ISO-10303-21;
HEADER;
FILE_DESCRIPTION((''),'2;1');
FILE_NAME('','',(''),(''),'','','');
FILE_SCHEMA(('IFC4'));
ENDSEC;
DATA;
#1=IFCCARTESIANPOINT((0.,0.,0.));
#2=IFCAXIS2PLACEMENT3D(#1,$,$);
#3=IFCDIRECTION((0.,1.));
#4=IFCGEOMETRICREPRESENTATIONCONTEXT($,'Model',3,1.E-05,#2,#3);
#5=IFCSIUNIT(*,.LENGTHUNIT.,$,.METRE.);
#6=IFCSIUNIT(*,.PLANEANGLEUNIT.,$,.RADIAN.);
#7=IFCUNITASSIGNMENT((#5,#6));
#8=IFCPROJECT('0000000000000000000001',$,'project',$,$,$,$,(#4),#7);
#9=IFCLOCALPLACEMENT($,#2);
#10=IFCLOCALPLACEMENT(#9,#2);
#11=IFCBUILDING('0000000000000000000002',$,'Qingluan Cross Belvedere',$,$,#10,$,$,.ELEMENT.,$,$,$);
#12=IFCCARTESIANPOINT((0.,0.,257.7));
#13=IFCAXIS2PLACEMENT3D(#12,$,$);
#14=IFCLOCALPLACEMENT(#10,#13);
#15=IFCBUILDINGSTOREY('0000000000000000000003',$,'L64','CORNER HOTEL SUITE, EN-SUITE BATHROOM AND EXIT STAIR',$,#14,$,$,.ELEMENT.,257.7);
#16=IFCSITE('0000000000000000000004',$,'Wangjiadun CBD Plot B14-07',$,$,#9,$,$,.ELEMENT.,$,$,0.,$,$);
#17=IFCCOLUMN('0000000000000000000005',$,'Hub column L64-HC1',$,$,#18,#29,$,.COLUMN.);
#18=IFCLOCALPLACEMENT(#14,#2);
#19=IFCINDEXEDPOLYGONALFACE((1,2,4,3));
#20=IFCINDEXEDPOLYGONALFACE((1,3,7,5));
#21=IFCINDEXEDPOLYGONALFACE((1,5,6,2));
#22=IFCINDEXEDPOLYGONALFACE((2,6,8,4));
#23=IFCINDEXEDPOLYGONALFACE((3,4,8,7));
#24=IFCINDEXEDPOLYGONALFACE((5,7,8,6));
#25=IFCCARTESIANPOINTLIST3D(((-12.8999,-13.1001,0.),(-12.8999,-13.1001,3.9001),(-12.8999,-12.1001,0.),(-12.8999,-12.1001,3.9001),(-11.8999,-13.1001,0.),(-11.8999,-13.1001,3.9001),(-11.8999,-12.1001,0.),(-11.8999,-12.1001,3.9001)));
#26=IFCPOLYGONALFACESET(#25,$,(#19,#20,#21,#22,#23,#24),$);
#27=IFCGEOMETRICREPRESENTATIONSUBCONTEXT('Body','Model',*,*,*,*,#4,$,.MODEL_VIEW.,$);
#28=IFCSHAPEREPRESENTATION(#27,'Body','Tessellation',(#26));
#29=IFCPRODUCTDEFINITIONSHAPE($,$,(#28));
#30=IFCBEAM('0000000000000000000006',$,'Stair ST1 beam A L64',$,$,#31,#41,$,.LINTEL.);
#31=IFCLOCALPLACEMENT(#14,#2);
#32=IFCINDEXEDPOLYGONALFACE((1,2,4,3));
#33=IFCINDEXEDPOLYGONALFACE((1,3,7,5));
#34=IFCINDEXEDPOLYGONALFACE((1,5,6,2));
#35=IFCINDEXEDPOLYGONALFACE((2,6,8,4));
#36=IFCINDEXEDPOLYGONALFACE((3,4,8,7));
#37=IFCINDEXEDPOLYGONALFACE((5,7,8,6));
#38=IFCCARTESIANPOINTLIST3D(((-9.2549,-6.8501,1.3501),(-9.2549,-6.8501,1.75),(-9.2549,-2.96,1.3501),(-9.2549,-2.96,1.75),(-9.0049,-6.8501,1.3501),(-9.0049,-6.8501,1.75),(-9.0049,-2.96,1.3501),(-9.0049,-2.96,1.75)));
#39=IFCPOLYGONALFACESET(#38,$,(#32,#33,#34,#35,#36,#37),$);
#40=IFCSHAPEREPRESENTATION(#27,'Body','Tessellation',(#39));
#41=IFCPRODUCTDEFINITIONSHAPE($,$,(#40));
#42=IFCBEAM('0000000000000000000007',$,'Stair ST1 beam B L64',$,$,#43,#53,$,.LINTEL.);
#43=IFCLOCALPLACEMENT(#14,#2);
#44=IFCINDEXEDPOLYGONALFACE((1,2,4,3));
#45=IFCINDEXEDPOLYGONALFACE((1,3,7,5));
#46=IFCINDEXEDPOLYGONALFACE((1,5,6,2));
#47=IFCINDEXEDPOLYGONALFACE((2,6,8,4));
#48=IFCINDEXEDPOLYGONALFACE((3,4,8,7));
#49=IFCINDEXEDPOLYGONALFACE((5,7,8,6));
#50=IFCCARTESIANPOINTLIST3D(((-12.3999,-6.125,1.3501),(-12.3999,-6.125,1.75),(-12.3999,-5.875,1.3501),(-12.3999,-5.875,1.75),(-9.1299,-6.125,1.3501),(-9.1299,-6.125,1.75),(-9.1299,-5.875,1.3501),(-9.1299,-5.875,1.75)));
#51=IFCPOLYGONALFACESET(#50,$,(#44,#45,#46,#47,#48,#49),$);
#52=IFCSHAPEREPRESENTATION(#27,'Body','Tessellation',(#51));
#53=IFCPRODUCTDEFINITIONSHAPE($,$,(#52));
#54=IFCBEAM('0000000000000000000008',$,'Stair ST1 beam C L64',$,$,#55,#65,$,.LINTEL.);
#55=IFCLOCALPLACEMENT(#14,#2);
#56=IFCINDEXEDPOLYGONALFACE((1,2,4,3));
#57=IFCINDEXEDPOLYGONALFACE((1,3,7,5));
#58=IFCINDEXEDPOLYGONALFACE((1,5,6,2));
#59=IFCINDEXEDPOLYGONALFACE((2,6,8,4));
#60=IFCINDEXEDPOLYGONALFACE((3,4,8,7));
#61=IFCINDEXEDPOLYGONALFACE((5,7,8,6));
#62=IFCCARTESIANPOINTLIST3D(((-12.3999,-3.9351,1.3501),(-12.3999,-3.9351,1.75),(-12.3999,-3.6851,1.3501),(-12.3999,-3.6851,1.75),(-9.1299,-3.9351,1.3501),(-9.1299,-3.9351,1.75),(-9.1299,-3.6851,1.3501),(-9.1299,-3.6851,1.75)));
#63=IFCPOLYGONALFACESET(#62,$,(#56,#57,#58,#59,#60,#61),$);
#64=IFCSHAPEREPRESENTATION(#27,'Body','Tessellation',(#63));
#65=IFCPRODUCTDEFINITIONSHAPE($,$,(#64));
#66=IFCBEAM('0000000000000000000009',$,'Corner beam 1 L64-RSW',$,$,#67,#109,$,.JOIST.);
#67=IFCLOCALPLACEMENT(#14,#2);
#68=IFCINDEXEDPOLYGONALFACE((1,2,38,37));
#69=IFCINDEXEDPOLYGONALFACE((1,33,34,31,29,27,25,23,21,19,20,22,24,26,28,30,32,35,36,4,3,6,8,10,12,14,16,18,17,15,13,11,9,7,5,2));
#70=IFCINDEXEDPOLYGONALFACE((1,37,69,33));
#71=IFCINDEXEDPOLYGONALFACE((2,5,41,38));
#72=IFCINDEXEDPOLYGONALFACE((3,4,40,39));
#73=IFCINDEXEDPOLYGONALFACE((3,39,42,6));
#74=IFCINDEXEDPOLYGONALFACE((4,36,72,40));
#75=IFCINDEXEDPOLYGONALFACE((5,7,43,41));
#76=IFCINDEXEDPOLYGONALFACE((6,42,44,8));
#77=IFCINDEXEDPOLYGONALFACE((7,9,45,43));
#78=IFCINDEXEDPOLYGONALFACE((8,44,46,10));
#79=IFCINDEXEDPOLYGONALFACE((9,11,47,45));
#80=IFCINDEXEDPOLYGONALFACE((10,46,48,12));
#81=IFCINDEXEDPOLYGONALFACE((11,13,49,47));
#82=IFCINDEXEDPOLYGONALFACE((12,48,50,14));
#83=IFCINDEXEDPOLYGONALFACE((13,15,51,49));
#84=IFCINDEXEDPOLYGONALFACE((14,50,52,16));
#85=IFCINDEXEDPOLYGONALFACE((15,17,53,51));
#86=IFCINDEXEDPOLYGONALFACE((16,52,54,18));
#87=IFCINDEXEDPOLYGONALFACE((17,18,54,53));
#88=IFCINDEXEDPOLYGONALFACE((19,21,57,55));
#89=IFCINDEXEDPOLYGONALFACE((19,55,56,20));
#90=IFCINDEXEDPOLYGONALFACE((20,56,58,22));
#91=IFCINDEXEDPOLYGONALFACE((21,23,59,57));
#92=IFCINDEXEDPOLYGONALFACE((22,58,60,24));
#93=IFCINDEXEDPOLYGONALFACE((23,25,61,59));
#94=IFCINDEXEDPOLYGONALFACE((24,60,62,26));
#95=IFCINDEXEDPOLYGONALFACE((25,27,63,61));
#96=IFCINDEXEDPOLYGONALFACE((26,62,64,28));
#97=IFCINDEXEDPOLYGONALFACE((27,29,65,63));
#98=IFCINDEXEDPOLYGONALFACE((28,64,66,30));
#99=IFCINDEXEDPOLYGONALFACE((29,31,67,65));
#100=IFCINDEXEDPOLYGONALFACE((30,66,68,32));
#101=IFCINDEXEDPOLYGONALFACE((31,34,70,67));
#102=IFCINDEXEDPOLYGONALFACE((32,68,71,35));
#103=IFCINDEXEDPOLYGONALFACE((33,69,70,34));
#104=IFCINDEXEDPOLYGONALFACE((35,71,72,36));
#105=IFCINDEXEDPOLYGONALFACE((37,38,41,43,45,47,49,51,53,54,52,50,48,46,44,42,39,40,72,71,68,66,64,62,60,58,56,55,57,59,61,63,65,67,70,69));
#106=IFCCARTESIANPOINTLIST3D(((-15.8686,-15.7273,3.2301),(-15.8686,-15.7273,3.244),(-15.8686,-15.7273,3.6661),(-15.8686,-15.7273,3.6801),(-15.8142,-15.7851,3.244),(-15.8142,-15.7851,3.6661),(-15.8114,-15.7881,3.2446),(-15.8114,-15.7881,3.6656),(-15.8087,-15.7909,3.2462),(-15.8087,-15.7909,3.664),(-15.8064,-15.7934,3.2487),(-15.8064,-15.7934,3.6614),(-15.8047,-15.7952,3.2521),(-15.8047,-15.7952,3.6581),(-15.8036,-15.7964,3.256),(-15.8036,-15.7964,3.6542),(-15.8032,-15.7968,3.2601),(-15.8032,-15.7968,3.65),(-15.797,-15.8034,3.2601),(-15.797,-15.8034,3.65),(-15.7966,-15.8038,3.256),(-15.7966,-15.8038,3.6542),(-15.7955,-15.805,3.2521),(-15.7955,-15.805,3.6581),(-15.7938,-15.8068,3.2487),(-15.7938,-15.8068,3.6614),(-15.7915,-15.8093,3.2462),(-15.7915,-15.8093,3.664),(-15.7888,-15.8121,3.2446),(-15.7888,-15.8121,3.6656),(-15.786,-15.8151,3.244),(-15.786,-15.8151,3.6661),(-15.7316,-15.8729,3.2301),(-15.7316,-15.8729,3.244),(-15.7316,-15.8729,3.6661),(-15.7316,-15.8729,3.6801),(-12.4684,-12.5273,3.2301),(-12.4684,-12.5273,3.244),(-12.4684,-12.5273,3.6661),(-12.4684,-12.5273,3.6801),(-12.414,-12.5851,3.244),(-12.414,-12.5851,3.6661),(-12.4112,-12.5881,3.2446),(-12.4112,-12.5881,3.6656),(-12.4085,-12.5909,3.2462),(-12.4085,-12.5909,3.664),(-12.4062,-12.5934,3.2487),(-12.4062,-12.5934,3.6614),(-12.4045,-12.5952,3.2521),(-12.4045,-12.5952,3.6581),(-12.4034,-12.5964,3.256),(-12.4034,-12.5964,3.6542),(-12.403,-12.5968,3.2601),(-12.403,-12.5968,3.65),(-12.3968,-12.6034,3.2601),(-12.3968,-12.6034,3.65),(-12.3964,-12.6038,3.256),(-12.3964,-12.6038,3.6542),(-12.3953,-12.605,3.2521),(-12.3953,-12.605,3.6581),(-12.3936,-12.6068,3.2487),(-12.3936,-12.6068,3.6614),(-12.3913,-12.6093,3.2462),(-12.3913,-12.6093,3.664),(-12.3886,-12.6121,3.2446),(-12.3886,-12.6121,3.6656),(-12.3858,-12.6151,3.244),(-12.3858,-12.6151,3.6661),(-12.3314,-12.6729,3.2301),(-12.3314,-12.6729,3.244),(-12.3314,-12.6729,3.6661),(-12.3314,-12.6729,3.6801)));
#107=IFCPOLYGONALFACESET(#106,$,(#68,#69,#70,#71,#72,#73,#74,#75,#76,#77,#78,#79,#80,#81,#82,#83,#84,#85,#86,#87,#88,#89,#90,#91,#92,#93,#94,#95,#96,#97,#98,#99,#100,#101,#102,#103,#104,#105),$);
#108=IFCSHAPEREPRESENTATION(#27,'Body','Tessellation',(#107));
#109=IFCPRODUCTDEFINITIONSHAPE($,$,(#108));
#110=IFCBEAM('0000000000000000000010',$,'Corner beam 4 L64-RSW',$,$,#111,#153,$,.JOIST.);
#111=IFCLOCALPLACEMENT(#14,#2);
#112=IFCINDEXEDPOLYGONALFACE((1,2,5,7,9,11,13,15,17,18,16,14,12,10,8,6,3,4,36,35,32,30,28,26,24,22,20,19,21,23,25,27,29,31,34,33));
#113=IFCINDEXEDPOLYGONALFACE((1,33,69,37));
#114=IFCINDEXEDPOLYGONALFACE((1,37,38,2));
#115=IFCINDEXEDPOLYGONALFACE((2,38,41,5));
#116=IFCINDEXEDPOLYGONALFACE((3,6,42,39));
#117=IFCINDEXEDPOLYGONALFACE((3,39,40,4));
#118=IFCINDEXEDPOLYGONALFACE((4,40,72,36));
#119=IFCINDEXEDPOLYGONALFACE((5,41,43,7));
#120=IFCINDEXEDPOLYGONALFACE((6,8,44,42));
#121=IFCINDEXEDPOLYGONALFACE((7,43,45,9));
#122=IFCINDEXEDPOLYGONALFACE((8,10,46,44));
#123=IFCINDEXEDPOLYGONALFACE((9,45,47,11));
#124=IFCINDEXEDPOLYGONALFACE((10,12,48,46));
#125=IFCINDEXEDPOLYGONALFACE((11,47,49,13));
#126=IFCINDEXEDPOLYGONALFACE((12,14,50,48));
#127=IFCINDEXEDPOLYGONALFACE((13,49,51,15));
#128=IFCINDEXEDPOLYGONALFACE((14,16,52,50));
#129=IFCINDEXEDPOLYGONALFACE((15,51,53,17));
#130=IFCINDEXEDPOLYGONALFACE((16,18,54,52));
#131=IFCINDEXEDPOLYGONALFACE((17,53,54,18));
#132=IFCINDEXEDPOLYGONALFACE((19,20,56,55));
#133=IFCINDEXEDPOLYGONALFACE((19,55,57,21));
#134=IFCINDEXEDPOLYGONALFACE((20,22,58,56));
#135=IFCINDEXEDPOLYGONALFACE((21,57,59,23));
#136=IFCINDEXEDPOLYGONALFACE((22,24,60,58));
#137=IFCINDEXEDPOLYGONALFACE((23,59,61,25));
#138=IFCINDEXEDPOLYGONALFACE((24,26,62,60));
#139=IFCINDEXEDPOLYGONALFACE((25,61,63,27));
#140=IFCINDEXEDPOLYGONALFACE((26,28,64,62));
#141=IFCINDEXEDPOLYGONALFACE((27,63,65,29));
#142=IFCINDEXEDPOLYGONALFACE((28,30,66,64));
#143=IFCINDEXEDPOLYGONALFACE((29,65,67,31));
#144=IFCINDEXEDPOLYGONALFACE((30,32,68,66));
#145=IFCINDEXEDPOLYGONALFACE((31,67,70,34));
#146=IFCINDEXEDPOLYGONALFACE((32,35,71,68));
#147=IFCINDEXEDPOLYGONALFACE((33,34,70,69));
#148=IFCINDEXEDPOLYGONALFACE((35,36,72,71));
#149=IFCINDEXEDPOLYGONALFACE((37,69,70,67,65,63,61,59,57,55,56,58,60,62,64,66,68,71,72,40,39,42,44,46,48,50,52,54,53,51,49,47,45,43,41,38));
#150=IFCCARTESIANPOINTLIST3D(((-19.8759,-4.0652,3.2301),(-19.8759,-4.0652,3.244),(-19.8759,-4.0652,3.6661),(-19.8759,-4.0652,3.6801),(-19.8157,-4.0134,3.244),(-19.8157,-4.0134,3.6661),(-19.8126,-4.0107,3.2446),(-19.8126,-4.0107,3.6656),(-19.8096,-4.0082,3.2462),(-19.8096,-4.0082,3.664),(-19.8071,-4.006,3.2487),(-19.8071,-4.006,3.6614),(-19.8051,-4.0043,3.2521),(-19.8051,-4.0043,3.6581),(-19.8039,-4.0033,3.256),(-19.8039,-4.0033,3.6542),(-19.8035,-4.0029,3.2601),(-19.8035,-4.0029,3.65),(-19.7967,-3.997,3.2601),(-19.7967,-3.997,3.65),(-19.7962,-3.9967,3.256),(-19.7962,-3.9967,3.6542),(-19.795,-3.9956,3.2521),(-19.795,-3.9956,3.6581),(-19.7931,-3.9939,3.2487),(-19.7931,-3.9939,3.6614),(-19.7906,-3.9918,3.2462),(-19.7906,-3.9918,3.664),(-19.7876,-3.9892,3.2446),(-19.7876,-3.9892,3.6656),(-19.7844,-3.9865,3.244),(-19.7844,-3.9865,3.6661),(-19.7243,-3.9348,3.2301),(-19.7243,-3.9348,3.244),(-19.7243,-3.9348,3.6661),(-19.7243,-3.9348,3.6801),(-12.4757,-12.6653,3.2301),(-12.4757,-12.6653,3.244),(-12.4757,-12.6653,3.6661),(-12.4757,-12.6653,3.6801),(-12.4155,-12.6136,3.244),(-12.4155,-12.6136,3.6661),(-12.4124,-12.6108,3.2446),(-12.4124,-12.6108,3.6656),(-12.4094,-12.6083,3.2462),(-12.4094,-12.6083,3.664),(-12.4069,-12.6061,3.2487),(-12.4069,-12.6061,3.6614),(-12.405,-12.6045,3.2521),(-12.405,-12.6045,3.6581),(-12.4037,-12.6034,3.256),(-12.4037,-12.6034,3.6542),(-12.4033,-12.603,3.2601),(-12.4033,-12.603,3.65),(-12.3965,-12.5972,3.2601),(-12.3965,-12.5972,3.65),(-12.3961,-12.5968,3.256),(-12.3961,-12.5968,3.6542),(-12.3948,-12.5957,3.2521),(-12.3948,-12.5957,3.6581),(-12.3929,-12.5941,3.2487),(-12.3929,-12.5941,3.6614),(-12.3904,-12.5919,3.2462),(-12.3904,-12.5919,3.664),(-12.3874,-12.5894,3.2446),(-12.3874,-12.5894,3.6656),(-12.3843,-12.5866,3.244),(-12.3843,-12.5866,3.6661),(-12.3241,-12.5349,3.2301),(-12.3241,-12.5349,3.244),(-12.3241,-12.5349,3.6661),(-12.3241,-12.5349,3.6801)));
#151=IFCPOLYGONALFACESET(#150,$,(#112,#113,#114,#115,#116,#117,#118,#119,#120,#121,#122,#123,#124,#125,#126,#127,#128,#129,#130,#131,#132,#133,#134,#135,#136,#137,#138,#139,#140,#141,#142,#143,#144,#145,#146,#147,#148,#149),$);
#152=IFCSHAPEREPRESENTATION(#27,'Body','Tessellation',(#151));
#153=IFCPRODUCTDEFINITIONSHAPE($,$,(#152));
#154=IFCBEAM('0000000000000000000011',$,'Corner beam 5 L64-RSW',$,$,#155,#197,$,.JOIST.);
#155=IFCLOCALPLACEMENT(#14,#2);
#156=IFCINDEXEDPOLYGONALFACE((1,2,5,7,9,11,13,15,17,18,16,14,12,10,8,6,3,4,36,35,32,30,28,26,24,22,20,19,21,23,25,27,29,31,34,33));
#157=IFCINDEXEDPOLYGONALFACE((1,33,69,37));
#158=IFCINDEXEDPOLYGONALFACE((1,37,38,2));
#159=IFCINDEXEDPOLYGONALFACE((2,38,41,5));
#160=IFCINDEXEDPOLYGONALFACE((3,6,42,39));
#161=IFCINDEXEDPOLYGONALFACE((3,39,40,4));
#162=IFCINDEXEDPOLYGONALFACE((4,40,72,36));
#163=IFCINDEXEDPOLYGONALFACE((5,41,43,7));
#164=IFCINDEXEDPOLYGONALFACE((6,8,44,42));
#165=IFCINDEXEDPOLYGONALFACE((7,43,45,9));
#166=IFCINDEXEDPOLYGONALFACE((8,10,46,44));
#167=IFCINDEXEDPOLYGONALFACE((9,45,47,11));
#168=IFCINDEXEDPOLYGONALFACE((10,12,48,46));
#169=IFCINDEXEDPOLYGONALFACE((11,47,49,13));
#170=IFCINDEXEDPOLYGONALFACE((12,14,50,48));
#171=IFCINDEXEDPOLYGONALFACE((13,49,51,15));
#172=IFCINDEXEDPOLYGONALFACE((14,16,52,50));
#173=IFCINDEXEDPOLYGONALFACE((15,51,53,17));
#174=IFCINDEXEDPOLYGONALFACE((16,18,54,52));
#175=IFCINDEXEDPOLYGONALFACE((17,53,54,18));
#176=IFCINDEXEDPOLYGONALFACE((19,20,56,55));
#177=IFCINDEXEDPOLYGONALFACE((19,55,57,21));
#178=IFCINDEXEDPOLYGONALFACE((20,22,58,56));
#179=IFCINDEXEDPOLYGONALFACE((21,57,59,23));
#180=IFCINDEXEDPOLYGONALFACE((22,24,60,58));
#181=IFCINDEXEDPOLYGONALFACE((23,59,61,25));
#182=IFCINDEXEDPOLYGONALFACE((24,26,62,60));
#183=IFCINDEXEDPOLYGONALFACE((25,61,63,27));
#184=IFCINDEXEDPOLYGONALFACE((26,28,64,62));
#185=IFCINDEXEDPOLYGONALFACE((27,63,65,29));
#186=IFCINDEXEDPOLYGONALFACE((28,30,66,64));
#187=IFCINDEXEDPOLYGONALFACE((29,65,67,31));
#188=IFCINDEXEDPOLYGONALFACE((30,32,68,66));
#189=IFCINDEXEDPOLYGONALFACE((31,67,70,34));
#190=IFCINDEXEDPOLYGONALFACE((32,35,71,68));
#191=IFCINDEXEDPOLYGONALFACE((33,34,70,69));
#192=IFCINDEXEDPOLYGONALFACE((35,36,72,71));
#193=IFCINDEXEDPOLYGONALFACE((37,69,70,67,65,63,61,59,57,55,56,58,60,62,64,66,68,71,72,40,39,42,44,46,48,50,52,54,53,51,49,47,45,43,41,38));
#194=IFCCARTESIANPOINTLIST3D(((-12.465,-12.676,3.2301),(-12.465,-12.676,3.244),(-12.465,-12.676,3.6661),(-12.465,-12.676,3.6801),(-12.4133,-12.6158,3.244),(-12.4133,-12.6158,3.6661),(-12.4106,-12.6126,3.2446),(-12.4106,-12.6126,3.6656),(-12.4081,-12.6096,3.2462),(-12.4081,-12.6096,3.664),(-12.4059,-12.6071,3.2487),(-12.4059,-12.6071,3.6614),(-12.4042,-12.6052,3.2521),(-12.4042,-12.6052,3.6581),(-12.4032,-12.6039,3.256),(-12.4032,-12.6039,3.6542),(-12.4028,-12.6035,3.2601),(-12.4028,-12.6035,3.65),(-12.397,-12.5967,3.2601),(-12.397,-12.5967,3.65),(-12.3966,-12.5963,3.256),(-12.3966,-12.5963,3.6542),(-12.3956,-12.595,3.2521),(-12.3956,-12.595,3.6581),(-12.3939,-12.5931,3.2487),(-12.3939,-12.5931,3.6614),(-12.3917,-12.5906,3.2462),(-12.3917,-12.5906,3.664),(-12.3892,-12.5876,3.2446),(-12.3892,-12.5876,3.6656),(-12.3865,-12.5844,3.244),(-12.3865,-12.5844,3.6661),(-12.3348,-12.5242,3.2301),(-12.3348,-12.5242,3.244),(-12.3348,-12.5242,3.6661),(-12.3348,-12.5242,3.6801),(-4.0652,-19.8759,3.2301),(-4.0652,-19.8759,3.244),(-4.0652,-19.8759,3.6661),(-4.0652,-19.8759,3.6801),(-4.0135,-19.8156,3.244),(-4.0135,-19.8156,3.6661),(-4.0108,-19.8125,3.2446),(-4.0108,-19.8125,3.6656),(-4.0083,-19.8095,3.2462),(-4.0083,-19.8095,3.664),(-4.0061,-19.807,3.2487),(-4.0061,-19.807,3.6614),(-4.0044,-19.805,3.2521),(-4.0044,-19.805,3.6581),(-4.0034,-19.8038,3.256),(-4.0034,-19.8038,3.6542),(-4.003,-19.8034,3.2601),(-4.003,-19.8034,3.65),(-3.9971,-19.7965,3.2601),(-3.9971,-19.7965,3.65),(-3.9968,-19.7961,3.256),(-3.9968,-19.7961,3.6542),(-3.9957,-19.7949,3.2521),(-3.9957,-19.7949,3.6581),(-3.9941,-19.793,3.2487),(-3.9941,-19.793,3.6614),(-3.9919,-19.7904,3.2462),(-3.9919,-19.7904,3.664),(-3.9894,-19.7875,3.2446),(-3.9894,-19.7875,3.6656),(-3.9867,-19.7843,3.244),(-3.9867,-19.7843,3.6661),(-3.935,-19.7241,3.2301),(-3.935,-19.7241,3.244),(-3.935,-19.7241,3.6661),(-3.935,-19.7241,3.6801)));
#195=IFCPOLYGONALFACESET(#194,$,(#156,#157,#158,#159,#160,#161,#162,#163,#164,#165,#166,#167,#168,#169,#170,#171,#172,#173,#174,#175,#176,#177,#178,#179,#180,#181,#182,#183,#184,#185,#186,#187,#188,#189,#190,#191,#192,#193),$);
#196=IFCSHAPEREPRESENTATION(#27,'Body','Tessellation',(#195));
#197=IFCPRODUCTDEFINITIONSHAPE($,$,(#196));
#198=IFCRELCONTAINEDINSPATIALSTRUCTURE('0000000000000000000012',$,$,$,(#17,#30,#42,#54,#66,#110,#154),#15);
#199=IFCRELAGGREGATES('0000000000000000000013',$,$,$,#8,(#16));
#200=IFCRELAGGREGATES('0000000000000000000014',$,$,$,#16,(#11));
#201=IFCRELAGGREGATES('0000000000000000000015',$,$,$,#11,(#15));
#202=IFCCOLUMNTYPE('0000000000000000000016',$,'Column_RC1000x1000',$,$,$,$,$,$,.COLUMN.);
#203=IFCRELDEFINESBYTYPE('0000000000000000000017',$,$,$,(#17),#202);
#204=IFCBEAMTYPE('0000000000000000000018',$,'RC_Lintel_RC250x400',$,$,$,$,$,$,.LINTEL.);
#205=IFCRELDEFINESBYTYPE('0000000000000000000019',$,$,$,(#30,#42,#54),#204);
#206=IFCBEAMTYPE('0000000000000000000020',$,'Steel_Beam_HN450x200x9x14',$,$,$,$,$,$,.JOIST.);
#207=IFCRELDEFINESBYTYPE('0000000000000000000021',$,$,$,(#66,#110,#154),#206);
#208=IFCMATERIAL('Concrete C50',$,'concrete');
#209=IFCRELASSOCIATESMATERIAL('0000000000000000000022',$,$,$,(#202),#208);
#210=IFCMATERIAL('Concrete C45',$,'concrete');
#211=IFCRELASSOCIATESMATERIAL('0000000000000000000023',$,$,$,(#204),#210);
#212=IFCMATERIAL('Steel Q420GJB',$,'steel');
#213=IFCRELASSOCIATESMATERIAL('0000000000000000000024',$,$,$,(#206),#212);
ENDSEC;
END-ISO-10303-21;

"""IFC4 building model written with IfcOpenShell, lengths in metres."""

from ifc_helpers import new_model, si_unit, direction, frame, origin, origin_2d, place, context, subcontext, project, spatial, rectangle, i_section, extrude, material, material_profile, profile_set, type_object, element, save


model = new_model("IFC4")

# Units and contexts
model_context = context("Model", 3, precision=1e-05, world=origin(), true_north=direction((0.0, 1.0)))
body_context = subcontext(model_context, "Body", "Model", "MODEL_VIEW")
ifc_project = project(units=[si_unit("LENGTHUNIT", "METRE"), si_unit("PLANEANGLEUNIT", "RADIAN")], contexts=[model_context])

# Site, building, storey
site_placement = place(None, origin())
site = spatial("IfcSite", under=ifc_project, at=site_placement, Name="Wangjiadun CBD Plot B14-07", CompositionType="ELEMENT", RefElevation=0.0)
building_placement = place(site_placement, origin())
building = spatial("IfcBuilding", under=site, at=building_placement, Name="Qingluan Cross Belvedere", CompositionType="ELEMENT")
storey_placement = place(building_placement, frame((0.0, 0.0, 257.7)))
storey = spatial("IfcBuildingStorey", under=building, at=storey_placement, Name="L64", Description="CORNER HOTEL SUITE, EN-SUITE BATHROOM AND EXIT STAIR", CompositionType="ELEMENT", Elevation=257.7)

# Column
ifc_material_1 = material(Name="Concrete C50", Category="concrete")
ifc_material_profile_1 = material_profile(ifc_material_1, rectangle(XDim=1.0, YDim=1.0, at=origin_2d()), Name="RC1000x1000")
ifc_profile_set_1 = profile_set([ifc_material_profile_1], Name="Concrete C50")
column_type = type_object("IfcColumnType", Name="Column_RC1000x1000", PredefinedType="COLUMN", material=ifc_profile_set_1)
column_placement = place(storey_placement, frame((-12.3999, -12.6001, 0.0), z_axis=(0.0, 0.0, 1.0), x_axis=(1.0, 0.0, 0.0)))
element("IfcColumn", 1, at=column_placement, inside=storey, type_object=column_type, Name="Hub column L64-HC1", PredefinedType="COLUMN", context=body_context, shape_type="SweptSolid", body=[
    extrude(rectangle(XDim=1.0, YDim=1.0, at=origin_2d()), origin(), (0.0, 0.0, 1.0), 3.9001),
])

# Beams
ifc_material_2 = material(Name="Concrete C45", Category="concrete")
ifc_material_profile_2 = material_profile(ifc_material_2, rectangle(XDim=0.25, YDim=0.3999, at=origin_2d()), Name="RC250x400")
ifc_profile_set_2 = profile_set([ifc_material_profile_2], Name="Concrete C45")
beam_type_1 = type_object("IfcBeamType", Name="RC_Lintel_RC250x400", PredefinedType="LINTEL", material=ifc_profile_set_2)
beam_1_placement = place(storey_placement, frame((-9.1299, -6.8501, 1.55), z_axis=(0.0, 1.0, 0.0), x_axis=(-1.0, 0.0, 0.0)))
element("IfcBeam", 2, at=beam_1_placement, inside=storey, type_object=beam_type_1, Name="Stair ST1 beam A L64", PredefinedType="LINTEL", context=body_context, shape_type="SweptSolid", body=[
    extrude(rectangle(XDim=0.25, YDim=0.3999, at=origin_2d()), origin(), (0.0, 0.0, 1.0), 3.8901),
])
for number, where, z_axis, x_axis, name in (
    (3, (-12.3999, -6.0, 1.55), (1.0, 0.0, 0.0), (0.0, 1.0, 0.0), "Stair ST1 beam B L64"),
    (4, (-12.3999, -3.8101, 1.55), (1.0, 0.0, 0.0), (0.0, 1.0, 0.0), "Stair ST1 beam C L64"),
):
    element("IfcBeam", number, at=place(storey_placement, frame(where, z_axis=z_axis, x_axis=x_axis)), inside=storey, type_object=beam_type_1, Name=name, PredefinedType="LINTEL", context=body_context, shape_type="SweptSolid", body=[
        extrude(rectangle(XDim=0.25, YDim=0.3999, at=origin_2d()), origin(), (0.0, 0.0, 1.0), 3.27),
    ])
ifc_material_3 = material(Name="Steel Q420GJB", Category="steel")
ifc_material_profile_3 = material_profile(ifc_material_3, i_section(OverallWidth=0.2, OverallDepth=0.45, WebThickness=0.009, FlangeThickness=0.0139, FilletRadius=0.0161, at=origin_2d()), Name="HN450x200x9x14")
ifc_profile_set_3 = profile_set([ifc_material_profile_3], Name="Steel Q420GJB")
beam_type_2 = type_object("IfcBeamType", Name="Steel_Beam_HN450x200x9x14", PredefinedType="JOIST", material=ifc_profile_set_3)
beam_2_placement = place(storey_placement, frame((-12.3999, -12.6001, 3.4551), z_axis=(-0.72822, -0.685343, 0.0), x_axis=(0.685343, -0.72822, 0.0)))
element("IfcBeam", 5, at=beam_2_placement, inside=storey, type_object=beam_type_2, Name="Corner beam 1 L64-RSW", PredefinedType="JOIST", context=body_context, shape_type="SweptSolid", body=[
    extrude(i_section(OverallWidth=0.2, OverallDepth=0.45, WebThickness=0.009, FlangeThickness=0.0139, FilletRadius=0.0161, at=origin_2d()), origin(), (0.0, 0.0, 1.0), 4.6692),
])
beam_3_placement = place(storey_placement, frame((-12.3999, -12.6001, 3.4551), z_axis=(-0.652245, 0.758008, 0.0), x_axis=(-0.758008, -0.652245, 0.0)))
element("IfcBeam", 6, at=beam_3_placement, inside=storey, type_object=beam_type_2, Name="Corner beam 4 L64-RSW", PredefinedType="JOIST", context=body_context, shape_type="SweptSolid", body=[
    extrude(i_section(OverallWidth=0.2, OverallDepth=0.45, WebThickness=0.009, FlangeThickness=0.0139, FilletRadius=0.0161, at=origin_2d()), origin(), (0.0, 0.0, 1.0), 11.3457),
])
beam_4_placement = place(storey_placement, frame((-12.3999, -12.6001, 3.4551), z_axis=(0.759255, -0.650793, 0.0), x_axis=(0.650793, 0.759255, 0.0)))
element("IfcBeam", 7, at=beam_4_placement, inside=storey, type_object=beam_type_2, Name="Corner beam 5 L64-RSW", PredefinedType="JOIST", context=body_context, shape_type="SweptSolid", body=[
    extrude(i_section(OverallWidth=0.2, OverallDepth=0.45, WebThickness=0.009, FlangeThickness=0.0139, FilletRadius=0.0161, at=origin_2d()), origin(), (0.0, 0.0, 1.0), 11.0632),
])

save(model, "model.ifc")
